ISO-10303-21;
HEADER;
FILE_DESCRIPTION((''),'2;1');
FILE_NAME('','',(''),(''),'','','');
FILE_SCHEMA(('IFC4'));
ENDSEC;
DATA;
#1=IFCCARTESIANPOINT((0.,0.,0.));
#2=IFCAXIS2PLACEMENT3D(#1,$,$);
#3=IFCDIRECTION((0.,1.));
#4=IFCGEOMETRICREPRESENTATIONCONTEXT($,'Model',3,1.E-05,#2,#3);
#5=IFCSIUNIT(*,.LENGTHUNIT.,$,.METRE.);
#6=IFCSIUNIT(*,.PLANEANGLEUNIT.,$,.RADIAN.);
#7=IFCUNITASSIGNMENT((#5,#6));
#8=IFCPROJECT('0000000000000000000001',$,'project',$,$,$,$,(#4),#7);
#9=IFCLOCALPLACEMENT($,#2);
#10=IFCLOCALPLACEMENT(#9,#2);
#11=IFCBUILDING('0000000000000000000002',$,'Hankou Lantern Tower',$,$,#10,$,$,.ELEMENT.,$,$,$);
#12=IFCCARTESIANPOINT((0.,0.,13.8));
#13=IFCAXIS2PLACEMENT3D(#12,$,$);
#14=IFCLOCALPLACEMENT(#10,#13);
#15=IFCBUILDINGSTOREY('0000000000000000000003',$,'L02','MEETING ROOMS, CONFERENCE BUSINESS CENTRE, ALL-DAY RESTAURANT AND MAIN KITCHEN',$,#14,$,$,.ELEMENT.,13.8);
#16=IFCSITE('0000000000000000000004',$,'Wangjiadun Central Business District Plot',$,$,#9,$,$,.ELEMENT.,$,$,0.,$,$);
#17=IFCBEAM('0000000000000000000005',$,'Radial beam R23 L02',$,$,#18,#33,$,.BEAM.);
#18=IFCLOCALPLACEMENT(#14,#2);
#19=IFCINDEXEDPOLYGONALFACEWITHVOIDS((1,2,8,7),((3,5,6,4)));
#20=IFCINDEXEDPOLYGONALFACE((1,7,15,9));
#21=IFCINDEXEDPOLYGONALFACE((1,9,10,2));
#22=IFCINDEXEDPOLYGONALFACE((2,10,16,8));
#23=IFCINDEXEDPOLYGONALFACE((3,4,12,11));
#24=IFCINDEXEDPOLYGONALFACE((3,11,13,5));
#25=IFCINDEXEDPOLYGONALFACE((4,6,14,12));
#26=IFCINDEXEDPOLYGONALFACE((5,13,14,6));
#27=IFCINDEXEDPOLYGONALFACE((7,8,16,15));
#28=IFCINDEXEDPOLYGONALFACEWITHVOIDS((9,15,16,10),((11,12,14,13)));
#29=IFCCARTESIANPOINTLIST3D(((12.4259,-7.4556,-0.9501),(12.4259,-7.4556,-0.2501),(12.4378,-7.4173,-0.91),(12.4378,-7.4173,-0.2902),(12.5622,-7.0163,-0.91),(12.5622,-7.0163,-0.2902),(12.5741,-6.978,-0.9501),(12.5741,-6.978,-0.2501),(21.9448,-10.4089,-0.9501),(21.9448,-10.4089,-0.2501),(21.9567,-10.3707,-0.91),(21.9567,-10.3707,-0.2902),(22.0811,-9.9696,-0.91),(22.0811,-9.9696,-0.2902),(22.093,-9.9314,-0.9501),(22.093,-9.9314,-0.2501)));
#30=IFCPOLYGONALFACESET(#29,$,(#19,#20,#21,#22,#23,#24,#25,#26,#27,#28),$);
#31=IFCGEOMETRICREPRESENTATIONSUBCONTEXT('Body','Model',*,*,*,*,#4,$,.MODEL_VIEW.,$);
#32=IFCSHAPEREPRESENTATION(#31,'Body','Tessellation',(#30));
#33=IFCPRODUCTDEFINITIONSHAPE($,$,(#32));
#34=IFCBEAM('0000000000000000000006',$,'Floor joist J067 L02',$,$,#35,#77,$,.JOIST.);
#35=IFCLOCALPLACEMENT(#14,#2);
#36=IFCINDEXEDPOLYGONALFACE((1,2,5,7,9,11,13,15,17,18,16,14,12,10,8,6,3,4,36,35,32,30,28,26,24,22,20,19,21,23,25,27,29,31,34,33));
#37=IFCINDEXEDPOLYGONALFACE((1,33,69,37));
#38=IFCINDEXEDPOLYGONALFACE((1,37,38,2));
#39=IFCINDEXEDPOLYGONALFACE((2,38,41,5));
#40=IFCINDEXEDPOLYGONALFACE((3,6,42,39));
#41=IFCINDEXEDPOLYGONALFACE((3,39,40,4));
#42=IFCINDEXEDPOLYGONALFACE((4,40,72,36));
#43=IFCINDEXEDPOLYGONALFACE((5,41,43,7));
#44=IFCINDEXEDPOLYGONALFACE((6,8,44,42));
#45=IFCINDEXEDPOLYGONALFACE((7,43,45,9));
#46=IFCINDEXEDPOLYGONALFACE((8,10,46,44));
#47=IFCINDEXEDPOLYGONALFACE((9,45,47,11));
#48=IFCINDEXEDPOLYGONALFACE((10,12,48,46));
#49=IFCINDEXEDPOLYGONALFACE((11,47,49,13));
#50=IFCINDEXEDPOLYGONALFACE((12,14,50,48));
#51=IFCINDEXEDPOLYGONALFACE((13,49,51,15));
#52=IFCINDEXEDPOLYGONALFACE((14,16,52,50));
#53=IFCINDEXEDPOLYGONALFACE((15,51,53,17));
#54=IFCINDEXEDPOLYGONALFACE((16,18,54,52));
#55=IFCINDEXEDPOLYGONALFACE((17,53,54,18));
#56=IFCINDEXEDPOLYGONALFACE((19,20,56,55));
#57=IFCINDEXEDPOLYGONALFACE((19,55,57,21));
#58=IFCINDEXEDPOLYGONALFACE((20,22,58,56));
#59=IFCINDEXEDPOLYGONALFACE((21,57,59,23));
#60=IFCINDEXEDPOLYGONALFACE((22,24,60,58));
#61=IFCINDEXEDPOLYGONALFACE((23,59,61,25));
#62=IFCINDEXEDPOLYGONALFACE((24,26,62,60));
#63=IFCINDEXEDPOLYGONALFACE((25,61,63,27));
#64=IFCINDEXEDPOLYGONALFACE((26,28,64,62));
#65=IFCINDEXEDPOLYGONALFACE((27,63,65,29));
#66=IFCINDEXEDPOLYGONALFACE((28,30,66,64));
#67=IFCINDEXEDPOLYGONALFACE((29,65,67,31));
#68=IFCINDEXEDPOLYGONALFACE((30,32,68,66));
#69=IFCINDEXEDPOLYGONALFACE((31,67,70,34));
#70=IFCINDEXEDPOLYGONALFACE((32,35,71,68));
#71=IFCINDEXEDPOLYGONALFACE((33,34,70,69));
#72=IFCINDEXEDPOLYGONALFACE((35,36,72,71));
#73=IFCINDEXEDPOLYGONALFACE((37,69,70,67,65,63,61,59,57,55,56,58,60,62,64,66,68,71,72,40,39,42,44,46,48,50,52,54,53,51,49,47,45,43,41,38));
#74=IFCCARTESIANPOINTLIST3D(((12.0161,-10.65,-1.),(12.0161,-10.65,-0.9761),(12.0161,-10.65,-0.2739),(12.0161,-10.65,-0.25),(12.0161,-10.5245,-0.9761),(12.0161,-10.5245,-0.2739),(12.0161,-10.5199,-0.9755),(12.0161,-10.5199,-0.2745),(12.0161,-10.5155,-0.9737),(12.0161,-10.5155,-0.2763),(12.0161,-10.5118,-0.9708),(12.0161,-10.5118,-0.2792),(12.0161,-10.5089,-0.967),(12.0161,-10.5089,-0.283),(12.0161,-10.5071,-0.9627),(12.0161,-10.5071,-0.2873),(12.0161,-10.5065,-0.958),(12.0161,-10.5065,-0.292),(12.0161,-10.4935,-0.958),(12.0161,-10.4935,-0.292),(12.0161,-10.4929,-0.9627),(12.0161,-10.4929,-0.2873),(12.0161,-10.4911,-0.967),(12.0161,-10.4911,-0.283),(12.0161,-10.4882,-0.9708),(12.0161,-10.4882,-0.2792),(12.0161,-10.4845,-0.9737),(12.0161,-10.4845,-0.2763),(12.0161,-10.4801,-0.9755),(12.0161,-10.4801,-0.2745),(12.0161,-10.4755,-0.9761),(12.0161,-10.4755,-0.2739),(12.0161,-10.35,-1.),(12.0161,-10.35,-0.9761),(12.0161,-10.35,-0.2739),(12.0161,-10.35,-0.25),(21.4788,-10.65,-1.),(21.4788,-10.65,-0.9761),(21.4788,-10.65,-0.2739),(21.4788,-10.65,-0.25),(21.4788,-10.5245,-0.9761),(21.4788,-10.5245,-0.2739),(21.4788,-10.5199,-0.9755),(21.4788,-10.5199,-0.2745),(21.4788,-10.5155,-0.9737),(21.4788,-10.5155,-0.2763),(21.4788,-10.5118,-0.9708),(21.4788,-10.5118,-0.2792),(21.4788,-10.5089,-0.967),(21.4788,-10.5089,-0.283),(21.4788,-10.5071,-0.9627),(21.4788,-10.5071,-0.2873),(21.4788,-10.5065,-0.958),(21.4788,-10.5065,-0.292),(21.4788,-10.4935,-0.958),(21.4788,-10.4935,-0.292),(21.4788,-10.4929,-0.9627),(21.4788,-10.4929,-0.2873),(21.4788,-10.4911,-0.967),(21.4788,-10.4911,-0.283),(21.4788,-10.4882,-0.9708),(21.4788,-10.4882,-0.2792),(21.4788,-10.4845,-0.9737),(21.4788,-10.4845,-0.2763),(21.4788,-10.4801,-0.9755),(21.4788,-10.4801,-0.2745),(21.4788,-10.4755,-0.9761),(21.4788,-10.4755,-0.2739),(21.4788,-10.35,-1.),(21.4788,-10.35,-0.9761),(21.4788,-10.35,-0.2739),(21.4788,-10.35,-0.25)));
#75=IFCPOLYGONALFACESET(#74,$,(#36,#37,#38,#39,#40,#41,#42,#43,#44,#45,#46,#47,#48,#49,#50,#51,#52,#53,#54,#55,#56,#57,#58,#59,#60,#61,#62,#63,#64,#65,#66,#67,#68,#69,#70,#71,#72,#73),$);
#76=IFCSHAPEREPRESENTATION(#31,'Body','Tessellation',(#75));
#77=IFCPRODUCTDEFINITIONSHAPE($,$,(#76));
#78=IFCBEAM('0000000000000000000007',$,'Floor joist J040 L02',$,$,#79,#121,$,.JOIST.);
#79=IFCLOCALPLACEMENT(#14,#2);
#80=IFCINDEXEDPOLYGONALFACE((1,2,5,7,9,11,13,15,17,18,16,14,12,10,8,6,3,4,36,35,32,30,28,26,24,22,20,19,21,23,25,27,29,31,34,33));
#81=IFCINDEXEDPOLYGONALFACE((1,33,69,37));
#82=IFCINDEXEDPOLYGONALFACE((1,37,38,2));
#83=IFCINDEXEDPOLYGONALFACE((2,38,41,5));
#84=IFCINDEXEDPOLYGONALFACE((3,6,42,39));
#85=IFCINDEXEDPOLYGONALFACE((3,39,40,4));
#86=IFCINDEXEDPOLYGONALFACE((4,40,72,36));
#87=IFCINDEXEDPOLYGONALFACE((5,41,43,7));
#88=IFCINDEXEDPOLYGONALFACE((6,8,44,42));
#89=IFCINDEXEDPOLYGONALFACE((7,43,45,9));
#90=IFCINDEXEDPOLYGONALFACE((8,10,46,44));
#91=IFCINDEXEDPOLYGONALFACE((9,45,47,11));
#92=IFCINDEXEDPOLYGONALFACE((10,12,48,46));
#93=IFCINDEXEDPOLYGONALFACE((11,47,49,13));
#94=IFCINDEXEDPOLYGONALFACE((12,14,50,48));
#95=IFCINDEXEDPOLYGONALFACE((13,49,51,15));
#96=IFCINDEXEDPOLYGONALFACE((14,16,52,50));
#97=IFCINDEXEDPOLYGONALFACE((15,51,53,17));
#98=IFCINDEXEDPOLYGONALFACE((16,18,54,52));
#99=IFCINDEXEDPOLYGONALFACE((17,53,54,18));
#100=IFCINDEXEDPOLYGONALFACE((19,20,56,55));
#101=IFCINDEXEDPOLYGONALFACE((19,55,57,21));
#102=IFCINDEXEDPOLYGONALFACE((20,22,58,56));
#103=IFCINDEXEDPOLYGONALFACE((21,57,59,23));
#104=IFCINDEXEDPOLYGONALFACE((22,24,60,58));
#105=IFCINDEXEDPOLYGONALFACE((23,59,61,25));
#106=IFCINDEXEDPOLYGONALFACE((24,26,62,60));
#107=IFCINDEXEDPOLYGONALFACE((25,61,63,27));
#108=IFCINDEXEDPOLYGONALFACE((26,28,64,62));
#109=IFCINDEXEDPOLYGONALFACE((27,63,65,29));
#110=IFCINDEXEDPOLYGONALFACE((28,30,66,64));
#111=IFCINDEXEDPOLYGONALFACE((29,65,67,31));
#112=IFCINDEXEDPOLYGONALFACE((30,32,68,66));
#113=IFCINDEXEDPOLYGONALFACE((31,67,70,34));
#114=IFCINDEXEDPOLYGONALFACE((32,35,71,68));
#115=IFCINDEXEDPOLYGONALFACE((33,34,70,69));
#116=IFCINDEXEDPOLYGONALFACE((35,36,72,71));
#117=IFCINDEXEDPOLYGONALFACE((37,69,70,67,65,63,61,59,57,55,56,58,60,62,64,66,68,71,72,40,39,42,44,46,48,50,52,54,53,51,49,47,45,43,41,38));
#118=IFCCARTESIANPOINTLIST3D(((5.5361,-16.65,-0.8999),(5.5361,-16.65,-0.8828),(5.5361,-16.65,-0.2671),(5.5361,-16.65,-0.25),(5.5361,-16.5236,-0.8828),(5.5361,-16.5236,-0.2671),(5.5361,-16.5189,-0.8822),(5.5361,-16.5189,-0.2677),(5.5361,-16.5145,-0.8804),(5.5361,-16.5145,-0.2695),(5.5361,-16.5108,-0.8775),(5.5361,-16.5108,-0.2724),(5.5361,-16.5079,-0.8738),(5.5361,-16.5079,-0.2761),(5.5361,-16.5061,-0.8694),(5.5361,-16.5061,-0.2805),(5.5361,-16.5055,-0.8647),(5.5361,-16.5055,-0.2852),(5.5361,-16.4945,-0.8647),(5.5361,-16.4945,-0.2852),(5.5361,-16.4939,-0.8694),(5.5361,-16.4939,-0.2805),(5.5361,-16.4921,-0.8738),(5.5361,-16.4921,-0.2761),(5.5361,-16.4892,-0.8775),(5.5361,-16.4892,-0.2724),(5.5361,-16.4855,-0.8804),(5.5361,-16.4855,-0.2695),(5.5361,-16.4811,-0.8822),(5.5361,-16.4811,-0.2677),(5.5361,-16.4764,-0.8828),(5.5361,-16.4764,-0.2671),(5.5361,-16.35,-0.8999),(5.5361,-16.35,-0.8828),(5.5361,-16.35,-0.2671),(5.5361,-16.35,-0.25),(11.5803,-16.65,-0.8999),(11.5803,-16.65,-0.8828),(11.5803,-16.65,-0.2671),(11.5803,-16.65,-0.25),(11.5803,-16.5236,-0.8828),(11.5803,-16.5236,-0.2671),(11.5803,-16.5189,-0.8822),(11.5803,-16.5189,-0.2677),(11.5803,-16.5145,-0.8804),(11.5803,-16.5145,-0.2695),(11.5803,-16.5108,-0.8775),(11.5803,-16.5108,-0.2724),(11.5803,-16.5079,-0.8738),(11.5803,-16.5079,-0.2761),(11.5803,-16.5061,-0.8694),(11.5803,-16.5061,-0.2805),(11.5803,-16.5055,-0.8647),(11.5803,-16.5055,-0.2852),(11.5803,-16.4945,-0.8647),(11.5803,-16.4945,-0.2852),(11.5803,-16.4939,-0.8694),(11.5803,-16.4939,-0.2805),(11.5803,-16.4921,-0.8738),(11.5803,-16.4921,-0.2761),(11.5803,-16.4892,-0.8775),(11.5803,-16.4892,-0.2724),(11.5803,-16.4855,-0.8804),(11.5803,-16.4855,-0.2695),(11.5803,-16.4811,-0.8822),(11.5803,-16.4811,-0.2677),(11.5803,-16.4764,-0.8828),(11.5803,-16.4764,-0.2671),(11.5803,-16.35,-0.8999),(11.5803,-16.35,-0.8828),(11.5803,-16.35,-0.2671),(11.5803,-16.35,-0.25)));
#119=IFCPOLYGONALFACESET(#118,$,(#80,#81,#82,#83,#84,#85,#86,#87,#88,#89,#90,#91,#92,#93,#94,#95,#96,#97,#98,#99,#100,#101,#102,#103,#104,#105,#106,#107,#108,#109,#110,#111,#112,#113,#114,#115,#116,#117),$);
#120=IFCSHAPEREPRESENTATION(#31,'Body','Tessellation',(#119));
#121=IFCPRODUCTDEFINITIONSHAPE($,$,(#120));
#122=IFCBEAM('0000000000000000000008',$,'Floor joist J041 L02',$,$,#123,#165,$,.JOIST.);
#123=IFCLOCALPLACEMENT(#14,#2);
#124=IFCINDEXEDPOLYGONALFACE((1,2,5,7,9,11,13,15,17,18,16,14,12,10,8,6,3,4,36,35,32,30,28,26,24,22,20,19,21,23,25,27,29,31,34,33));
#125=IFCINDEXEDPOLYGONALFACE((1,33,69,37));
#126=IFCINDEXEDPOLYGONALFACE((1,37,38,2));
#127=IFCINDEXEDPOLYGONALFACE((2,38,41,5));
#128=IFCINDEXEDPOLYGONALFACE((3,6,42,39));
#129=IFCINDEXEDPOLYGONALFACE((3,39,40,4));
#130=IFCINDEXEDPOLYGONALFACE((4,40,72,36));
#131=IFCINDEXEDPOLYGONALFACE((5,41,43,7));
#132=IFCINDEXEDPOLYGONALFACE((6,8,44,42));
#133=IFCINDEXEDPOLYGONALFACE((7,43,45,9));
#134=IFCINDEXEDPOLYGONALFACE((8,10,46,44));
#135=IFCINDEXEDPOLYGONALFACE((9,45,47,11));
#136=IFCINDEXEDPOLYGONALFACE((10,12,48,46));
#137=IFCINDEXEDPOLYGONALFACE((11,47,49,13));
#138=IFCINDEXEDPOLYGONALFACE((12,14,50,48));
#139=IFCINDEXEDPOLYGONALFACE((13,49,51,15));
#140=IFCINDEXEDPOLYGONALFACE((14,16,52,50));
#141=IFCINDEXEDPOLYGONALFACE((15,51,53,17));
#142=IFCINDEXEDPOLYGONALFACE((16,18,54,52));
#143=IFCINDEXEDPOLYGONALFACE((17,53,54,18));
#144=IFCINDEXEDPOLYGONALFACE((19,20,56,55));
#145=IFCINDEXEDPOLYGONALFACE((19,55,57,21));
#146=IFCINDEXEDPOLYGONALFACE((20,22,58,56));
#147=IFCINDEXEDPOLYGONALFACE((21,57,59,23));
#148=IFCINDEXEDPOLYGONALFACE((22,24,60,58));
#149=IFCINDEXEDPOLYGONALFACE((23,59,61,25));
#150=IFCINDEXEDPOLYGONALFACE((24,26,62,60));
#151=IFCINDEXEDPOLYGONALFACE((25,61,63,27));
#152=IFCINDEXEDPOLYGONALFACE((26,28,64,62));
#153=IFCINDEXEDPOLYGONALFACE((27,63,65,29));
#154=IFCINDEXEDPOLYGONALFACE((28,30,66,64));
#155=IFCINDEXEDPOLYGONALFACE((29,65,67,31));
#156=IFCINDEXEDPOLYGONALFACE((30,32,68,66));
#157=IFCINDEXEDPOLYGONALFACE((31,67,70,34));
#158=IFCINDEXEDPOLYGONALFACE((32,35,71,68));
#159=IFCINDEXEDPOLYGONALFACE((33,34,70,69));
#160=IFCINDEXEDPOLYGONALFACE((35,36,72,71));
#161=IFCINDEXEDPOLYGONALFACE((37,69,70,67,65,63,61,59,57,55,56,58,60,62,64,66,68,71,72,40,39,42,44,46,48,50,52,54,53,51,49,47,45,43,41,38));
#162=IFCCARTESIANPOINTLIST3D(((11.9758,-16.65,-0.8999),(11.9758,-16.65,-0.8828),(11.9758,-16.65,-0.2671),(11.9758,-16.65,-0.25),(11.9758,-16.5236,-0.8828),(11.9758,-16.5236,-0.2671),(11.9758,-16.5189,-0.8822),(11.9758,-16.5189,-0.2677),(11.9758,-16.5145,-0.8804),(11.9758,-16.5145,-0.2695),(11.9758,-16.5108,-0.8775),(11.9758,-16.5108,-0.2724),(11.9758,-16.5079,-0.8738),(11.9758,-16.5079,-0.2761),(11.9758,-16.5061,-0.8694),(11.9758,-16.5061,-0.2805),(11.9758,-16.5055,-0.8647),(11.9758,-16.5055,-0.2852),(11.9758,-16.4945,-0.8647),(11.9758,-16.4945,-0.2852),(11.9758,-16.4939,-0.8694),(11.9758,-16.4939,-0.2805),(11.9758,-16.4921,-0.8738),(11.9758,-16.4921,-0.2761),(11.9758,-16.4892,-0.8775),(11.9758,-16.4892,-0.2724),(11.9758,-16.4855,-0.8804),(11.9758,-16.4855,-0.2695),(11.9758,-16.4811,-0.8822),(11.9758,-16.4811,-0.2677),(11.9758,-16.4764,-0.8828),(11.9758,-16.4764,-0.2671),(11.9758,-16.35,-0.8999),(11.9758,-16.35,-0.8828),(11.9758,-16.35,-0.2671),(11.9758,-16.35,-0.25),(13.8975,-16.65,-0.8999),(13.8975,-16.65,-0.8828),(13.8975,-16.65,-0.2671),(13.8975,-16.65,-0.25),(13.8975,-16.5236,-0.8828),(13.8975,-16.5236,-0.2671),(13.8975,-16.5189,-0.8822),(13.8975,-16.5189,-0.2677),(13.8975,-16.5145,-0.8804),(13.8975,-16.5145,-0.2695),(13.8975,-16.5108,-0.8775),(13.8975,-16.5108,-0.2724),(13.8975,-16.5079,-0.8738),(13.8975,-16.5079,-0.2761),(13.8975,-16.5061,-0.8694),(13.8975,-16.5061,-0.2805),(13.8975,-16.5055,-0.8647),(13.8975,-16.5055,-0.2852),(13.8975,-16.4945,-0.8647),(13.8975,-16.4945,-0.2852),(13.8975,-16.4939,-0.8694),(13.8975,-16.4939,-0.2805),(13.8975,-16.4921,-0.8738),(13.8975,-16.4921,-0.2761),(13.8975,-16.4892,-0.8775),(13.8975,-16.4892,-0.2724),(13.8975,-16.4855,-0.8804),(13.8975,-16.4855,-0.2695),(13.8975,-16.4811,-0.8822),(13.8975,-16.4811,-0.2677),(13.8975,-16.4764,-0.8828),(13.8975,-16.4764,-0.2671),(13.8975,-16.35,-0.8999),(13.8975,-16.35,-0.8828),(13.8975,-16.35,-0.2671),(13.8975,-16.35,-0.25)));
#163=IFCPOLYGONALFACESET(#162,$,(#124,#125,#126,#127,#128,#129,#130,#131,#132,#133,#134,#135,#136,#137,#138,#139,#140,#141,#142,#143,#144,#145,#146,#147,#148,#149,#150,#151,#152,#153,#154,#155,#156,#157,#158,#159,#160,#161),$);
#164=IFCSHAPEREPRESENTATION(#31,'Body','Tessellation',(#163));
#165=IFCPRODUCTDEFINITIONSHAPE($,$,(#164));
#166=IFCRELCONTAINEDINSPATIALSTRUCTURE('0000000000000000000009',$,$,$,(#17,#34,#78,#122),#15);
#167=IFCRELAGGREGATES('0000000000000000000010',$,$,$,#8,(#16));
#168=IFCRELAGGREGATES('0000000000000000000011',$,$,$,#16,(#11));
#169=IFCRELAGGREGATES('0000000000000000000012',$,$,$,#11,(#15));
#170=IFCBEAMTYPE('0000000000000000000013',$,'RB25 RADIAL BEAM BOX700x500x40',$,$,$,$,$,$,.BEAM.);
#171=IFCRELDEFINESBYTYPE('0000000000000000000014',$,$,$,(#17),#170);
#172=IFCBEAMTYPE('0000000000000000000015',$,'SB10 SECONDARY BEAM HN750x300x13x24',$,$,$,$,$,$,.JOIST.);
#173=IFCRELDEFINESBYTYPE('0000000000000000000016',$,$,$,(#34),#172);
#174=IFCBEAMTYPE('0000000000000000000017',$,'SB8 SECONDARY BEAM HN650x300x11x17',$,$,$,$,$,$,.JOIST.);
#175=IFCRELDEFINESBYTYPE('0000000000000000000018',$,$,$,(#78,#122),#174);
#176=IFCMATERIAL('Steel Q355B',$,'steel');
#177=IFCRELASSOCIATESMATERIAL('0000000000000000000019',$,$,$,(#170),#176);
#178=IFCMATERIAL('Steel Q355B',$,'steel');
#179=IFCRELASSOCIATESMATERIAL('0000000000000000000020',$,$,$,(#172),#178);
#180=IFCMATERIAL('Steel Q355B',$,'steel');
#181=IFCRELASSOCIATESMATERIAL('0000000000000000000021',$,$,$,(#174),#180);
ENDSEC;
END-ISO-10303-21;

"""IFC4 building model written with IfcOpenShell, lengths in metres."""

from ifc_helpers import new_model, si_unit, direction, frame, origin, origin_2d, place, context, subcontext, project, spatial, hollow_rectangle, i_section, extrude, material, material_profile, profile_set, type_object, element, save


model = new_model("IFC4")

# Units and contexts
model_context = context("Model", 3, precision=1e-05, world=origin(), true_north=direction((0.0, 1.0)))
body_context = subcontext(model_context, "Body", "Model", "MODEL_VIEW")
ifc_project = project(units=[si_unit("LENGTHUNIT", "METRE"), si_unit("PLANEANGLEUNIT", "RADIAN")], contexts=[model_context])

# Site, building, storey
site_placement = place(None, origin())
site = spatial("IfcSite", under=ifc_project, at=site_placement, Name="Wangjiadun Central Business District Plot", CompositionType="ELEMENT", RefElevation=0.0)
building_placement = place(site_placement, origin())
building = spatial("IfcBuilding", under=site, at=building_placement, Name="Hankou Lantern Tower", CompositionType="ELEMENT")
storey_placement = place(building_placement, frame((0.0, 0.0, 13.8)))
storey = spatial("IfcBuildingStorey", under=building, at=storey_placement, Name="L02", Description="MEETING ROOMS, CONFERENCE BUSINESS CENTRE, ALL-DAY RESTAURANT AND MAIN KITCHEN", CompositionType="ELEMENT", Elevation=13.8)

# Beams
ifc_material_1 = material(Name="Steel Q355B", Category="steel")
ifc_material_profile_1 = material_profile(ifc_material_1, hollow_rectangle(XDim=0.5, YDim=0.7, WallThickness=0.04, at=origin_2d()), Name="BOX700x500x40")
ifc_profile_set_1 = profile_set([ifc_material_profile_1], Name="Steel Q355B")
beam_type_1 = type_object("IfcBeamType", Name="RB25 RADIAL BEAM BOX700x500x40", PredefinedType="BEAM", material=ifc_profile_set_1)
beam_1_placement = place(storey_placement, frame((12.5, -7.2168, -0.6001), z_axis=(0.955087, -0.296324, 0.0), x_axis=(0.296324, 0.955087, 0.0)))
element("IfcBeam", 1, at=beam_1_placement, inside=storey, type_object=beam_type_1, Name="Radial beam R23 L02", PredefinedType="BEAM", context=body_context, shape_type="SweptSolid", body=[
    extrude(hollow_rectangle(XDim=0.5, YDim=0.7, WallThickness=0.04, at=origin_2d()), origin(), (0.0, 0.0, 1.0), 9.9666),
])
ifc_material_2 = material(Name="Steel Q355B", Category="steel")
ifc_material_profile_2 = material_profile(ifc_material_2, i_section(OverallWidth=0.3, OverallDepth=0.75, WebThickness=0.0129, FlangeThickness=0.0239, FilletRadius=0.0181, at=origin_2d()), Name="HN750x300x13x24")
ifc_profile_set_2 = profile_set([ifc_material_profile_2], Name="Steel Q355B")
beam_type_2 = type_object("IfcBeamType", Name="SB10 SECONDARY BEAM HN750x300x13x24", PredefinedType="JOIST", material=ifc_profile_set_2)
beam_2_placement = place(storey_placement, frame((12.0161, -10.5, -0.625), z_axis=(1.0, 0.0, 0.0), x_axis=(0.0, 1.0, 0.0)))
element("IfcBeam", 2, at=beam_2_placement, inside=storey, type_object=beam_type_2, Name="Floor joist J067 L02", PredefinedType="JOIST", context=body_context, shape_type="SweptSolid", body=[
    extrude(i_section(OverallWidth=0.3, OverallDepth=0.75, WebThickness=0.0129, FlangeThickness=0.0239, FilletRadius=0.0181, at=origin_2d()), origin(), (0.0, 0.0, 1.0), 9.4626),
])
ifc_material_3 = material(Name="Steel Q355B", Category="steel")
ifc_material_profile_3 = material_profile(ifc_material_3, i_section(OverallWidth=0.3, OverallDepth=0.6499, WebThickness=0.011, FlangeThickness=0.0171, FilletRadius=0.0181, at=origin_2d()), Name="HN650x300x11x17")
ifc_profile_set_3 = profile_set([ifc_material_profile_3], Name="Steel Q355B")
beam_type_3 = type_object("IfcBeamType", Name="SB8 SECONDARY BEAM HN650x300x11x17", PredefinedType="JOIST", material=ifc_profile_set_3)
beam_3_placement = place(storey_placement, frame((5.5361, -16.5, -0.575), z_axis=(1.0, 0.0, 0.0), x_axis=(0.0, 1.0, 0.0)))
element("IfcBeam", 3, at=beam_3_placement, inside=storey, type_object=beam_type_3, Name="Floor joist J040 L02", PredefinedType="JOIST", context=body_context, shape_type="SweptSolid", body=[
    extrude(i_section(OverallWidth=0.3, OverallDepth=0.6499, WebThickness=0.011, FlangeThickness=0.0171, FilletRadius=0.0181, at=origin_2d()), origin(), (0.0, 0.0, 1.0), 6.0442),
])
beam_4_placement = place(storey_placement, frame((11.9758, -16.5, -0.575), z_axis=(1.0, 0.0, 0.0), x_axis=(0.0, 1.0, 0.0)))
element("IfcBeam", 4, at=beam_4_placement, inside=storey, type_object=beam_type_3, Name="Floor joist J041 L02", PredefinedType="JOIST", context=body_context, shape_type="SweptSolid", body=[
    extrude(i_section(OverallWidth=0.3, OverallDepth=0.6499, WebThickness=0.011, FlangeThickness=0.0171, FilletRadius=0.0181, at=origin_2d()), origin(), (0.0, 0.0, 1.0), 1.9216),
])

save(model, "model.ifc")
